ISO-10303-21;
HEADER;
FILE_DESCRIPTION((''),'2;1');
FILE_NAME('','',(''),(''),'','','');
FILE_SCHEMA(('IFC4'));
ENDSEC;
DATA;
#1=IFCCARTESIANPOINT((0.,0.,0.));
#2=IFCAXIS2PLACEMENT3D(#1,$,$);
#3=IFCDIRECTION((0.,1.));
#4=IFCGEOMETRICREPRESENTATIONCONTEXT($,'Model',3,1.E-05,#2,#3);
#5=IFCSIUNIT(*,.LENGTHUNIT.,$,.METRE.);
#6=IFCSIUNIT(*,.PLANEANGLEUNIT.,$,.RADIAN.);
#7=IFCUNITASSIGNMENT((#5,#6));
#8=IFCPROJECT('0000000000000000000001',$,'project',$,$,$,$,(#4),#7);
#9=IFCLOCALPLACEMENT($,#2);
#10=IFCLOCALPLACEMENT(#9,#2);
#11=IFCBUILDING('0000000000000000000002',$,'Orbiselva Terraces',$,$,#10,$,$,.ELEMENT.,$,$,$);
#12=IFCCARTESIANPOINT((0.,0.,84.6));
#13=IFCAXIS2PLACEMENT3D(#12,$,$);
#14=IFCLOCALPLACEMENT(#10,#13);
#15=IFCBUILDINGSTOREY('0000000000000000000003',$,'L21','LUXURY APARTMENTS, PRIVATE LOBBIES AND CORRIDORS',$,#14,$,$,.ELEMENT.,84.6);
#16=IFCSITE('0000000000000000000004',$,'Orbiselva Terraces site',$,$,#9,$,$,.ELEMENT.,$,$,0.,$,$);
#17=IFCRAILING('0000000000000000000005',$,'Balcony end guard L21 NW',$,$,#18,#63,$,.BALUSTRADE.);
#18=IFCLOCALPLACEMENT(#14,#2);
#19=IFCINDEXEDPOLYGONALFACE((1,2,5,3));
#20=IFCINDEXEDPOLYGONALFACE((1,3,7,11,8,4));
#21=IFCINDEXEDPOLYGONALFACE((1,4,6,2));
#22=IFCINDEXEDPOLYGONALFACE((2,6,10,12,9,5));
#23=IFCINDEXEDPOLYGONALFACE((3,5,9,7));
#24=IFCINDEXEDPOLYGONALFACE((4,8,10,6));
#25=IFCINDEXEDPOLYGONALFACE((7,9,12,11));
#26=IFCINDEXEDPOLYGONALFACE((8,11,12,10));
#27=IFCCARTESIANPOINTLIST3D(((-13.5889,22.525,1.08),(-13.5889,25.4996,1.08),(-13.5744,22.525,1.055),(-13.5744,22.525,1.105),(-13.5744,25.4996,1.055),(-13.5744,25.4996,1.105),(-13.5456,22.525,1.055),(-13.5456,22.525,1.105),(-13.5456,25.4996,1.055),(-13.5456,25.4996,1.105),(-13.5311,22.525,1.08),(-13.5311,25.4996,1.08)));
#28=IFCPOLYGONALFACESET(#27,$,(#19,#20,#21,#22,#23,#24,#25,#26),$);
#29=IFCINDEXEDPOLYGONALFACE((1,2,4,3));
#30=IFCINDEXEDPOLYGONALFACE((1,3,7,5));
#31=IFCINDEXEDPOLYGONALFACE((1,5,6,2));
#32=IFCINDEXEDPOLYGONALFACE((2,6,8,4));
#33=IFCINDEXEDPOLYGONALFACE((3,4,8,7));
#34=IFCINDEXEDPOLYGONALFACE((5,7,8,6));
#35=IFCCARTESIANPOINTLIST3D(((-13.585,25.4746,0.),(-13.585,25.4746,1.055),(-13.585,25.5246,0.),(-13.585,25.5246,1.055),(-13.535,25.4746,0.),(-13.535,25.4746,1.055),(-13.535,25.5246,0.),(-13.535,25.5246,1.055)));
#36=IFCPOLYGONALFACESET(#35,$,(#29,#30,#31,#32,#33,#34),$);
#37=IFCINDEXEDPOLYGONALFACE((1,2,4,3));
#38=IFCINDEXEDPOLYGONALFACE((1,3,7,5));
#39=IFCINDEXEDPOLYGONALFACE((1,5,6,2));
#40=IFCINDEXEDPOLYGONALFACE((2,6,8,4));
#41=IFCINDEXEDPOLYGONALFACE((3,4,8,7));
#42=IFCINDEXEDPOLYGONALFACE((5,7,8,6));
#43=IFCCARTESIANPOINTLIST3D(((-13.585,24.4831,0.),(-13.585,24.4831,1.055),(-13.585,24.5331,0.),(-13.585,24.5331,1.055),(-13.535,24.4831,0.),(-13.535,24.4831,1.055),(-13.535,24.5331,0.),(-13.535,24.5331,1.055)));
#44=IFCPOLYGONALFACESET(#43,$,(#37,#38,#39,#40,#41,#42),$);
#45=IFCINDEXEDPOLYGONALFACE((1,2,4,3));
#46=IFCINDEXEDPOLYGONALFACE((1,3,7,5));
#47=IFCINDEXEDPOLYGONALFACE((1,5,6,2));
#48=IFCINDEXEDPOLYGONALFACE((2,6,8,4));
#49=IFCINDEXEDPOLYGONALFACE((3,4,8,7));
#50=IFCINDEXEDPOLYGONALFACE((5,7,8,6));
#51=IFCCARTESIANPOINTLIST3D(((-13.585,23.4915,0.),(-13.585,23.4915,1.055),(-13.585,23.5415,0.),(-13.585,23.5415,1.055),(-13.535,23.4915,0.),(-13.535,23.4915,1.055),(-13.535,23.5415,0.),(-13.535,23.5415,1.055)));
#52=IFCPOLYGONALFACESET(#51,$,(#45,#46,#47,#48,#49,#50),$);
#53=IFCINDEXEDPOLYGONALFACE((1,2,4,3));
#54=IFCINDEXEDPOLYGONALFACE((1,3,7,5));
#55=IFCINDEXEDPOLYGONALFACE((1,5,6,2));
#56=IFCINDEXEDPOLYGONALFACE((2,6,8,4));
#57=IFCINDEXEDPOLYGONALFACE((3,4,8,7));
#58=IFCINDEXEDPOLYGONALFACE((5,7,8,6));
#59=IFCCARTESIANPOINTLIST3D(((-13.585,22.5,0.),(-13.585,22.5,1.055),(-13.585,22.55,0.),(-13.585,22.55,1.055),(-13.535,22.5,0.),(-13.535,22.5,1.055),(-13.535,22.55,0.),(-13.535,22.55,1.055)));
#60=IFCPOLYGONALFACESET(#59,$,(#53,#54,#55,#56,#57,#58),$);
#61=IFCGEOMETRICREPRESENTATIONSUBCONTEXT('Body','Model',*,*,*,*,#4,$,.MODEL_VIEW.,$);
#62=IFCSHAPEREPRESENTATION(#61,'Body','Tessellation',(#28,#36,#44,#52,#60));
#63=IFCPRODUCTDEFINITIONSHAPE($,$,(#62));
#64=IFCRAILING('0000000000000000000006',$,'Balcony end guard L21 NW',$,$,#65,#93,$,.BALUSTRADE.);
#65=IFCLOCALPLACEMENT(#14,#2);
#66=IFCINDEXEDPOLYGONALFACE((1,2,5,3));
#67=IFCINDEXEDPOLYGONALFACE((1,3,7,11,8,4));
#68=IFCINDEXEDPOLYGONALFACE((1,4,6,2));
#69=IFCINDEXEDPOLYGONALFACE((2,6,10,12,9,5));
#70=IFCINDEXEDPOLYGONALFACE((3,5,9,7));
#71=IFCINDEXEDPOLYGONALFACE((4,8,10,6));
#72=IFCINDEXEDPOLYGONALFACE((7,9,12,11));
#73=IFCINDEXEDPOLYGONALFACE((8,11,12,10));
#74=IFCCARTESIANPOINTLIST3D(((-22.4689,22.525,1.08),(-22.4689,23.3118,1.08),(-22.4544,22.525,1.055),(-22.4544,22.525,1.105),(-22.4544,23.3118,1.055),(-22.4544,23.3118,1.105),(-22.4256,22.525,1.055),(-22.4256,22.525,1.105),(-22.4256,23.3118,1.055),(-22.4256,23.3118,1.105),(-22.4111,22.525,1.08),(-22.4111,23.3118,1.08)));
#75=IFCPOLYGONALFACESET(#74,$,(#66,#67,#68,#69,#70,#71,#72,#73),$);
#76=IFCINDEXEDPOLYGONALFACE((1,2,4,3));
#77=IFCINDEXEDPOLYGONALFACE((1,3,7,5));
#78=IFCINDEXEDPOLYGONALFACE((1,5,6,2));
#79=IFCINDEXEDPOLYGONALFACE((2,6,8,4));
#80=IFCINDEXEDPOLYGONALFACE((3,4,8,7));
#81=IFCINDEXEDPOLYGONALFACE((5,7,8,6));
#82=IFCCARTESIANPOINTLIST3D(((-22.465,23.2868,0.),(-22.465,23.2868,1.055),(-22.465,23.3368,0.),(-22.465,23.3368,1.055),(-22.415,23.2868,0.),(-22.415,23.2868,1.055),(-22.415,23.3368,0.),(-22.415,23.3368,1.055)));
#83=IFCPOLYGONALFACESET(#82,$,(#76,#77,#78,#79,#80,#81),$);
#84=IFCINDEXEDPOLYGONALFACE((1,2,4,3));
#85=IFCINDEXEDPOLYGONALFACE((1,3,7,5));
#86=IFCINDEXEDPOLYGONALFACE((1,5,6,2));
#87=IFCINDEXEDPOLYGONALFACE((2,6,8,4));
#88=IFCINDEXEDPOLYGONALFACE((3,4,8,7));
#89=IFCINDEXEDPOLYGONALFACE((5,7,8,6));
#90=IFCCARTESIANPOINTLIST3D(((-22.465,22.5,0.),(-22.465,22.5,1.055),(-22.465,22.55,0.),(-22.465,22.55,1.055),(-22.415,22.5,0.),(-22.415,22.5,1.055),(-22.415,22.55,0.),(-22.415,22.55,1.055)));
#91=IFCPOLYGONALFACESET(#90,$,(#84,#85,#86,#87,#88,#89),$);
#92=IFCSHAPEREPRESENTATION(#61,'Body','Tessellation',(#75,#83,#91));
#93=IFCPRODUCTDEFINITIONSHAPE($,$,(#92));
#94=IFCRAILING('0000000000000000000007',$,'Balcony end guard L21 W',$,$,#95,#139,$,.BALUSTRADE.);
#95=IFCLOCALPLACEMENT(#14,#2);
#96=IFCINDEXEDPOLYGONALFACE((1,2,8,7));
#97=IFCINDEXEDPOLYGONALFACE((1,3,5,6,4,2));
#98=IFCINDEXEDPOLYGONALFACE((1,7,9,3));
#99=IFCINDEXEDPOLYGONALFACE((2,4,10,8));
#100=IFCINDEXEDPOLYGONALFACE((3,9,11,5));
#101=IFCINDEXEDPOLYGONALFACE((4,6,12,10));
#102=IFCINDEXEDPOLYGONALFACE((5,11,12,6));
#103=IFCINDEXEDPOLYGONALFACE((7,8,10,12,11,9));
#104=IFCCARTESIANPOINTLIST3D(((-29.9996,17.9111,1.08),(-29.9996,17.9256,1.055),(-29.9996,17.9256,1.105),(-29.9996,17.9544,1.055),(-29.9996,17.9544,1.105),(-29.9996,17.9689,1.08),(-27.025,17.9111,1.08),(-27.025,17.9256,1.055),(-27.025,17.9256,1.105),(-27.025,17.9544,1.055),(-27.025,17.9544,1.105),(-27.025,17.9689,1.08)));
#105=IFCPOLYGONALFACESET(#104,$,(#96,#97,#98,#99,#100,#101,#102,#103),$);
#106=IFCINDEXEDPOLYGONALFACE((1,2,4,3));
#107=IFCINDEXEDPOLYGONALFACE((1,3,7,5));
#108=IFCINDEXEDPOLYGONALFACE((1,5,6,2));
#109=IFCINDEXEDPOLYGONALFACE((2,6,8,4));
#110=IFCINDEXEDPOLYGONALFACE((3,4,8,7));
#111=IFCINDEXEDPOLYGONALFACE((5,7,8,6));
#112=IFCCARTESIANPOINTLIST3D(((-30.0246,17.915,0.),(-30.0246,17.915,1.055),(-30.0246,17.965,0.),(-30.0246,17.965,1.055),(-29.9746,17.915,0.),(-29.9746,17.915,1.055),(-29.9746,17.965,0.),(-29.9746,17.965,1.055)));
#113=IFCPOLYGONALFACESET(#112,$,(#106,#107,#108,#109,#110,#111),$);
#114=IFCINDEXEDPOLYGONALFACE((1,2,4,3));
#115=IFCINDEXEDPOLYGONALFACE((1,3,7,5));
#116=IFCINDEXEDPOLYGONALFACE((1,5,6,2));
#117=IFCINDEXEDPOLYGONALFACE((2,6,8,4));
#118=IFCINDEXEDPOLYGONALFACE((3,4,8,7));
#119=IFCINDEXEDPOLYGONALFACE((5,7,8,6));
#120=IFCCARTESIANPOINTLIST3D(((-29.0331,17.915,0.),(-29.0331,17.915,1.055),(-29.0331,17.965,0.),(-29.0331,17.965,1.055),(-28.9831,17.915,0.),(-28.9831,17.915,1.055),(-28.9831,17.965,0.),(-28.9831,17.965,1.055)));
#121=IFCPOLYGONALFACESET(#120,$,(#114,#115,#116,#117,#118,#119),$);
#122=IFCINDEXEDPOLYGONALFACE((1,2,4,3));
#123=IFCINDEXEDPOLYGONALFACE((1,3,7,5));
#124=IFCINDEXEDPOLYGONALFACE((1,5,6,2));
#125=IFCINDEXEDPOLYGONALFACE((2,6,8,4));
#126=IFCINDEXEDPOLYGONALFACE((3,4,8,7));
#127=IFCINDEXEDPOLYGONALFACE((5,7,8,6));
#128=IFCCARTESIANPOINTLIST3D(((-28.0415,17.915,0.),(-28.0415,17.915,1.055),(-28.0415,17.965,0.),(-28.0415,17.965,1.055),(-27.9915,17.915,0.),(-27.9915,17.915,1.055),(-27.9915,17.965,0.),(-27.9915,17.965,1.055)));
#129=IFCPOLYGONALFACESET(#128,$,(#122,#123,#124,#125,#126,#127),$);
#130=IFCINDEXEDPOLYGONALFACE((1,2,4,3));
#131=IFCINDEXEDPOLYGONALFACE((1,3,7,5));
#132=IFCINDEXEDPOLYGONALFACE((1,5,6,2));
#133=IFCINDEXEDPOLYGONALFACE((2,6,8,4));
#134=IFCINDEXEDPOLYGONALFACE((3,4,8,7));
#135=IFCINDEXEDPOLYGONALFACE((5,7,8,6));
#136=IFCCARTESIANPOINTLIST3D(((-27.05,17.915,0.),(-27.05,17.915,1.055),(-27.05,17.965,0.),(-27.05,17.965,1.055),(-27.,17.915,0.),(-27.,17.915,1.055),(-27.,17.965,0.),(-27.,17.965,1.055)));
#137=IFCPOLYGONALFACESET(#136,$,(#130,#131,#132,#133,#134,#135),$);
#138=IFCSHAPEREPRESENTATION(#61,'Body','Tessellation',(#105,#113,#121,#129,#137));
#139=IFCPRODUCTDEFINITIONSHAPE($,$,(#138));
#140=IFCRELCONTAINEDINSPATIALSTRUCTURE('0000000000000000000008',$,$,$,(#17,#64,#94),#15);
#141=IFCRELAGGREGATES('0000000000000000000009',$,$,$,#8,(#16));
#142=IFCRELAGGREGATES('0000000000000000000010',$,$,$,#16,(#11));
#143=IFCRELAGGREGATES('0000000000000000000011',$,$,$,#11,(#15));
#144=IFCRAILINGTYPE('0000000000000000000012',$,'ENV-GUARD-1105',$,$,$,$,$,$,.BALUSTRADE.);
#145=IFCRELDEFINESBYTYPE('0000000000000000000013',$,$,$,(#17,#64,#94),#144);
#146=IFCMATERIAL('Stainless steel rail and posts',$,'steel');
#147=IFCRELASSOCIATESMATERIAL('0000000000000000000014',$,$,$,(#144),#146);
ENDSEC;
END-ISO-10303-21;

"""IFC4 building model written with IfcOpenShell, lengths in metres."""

from ifc_helpers import new_model, si_unit, direction, frame, origin, origin_2d, place, context, subcontext, project, spatial, polyline, rectangle, outline, extrude, material, type_object, element, save


model = new_model("IFC4")

# Units and contexts
model_context = context("Model", 3, precision=1e-05, world=origin(), true_north=direction((0.0, 1.0)))
body_context = subcontext(model_context, "Body", "Model", "MODEL_VIEW")
ifc_project = project(units=[si_unit("LENGTHUNIT", "METRE"), si_unit("PLANEANGLEUNIT", "RADIAN")], contexts=[model_context])

# Site, building, storey
site_placement = place(None, origin())
site = spatial("IfcSite", under=ifc_project, at=site_placement, Name="Orbiselva Terraces site", CompositionType="ELEMENT", RefElevation=0.0)
building_placement = place(site_placement, origin())
building = spatial("IfcBuilding", under=site, at=building_placement, Name="Orbiselva Terraces", CompositionType="ELEMENT")
storey_placement = place(building_placement, frame((0.0, 0.0, 84.6)))
storey = spatial("IfcBuildingStorey", under=building, at=storey_placement, Name="L21", Description="LUXURY APARTMENTS, PRIVATE LOBBIES AND CORRIDORS", CompositionType="ELEMENT", Elevation=84.6)

# Railings
ifc_material_1 = material(Name="Stainless steel rail and posts", Category="steel")
railing_type_1 = type_object("IfcRailingType", Name="ENV-GUARD-1105", PredefinedType="BALUSTRADE", material=ifc_material_1)
railing_1_placement = place(storey_placement, frame((-13.56, 25.4996, 0.0)))
element("IfcRailing", 1, at=railing_1_placement, inside=storey, type_object=railing_type_1, Name="Balcony end guard L21 NW", PredefinedType="BALUSTRADE", context=body_context, shape_type="SweptSolid", body=[
    extrude(outline(polyline([(0.0289, 0.0), (0.0144, 0.025), (-0.0144, 0.025), (-0.0289, 0.0), (-0.0144, -0.025), (0.0144, -0.025), (0.0289, 0.0)])), frame((0.0, 0.0, 1.08), z_axis=(0.0, -1.0, 0.0), x_axis=(1.0, 0.0, 0.0)), (0.0, 0.0, 1.0), 2.9746),
    extrude(rectangle(XDim=0.05, YDim=0.05, at=origin_2d()), origin(), (0.0, 0.0, 1.0), 1.055),
    extrude(rectangle(XDim=0.05, YDim=0.05, at=origin_2d()), frame((0.0, -0.9915, 0.0)), (0.0, 0.0, 1.0), 1.055),
    extrude(rectangle(XDim=0.05, YDim=0.05, at=origin_2d()), frame((0.0, -1.9831, 0.0)), (0.0, 0.0, 1.0), 1.055),
    extrude(rectangle(XDim=0.05, YDim=0.05, at=origin_2d()), frame((0.0, -2.9746, 0.0)), (0.0, 0.0, 1.0), 1.055),
])
railing_2_placement = place(storey_placement, frame((-22.44, 23.3118, 0.0)))
element("IfcRailing", 2, at=railing_2_placement, inside=storey, type_object=railing_type_1, Name="Balcony end guard L21 NW", PredefinedType="BALUSTRADE", context=body_context, shape_type="SweptSolid", body=[
    extrude(outline(polyline([(0.0289, 0.0), (0.0144, 0.025), (-0.0144, 0.025), (-0.0289, 0.0), (-0.0144, -0.025), (0.0144, -0.025), (0.0289, 0.0)])), frame((0.0, 0.0, 1.08), z_axis=(0.0, -1.0, 0.0), x_axis=(1.0, 0.0, 0.0)), (0.0, 0.0, 1.0), 0.7868),
    extrude(rectangle(XDim=0.05, YDim=0.05, at=origin_2d()), origin(), (0.0, 0.0, 1.0), 1.055),
    extrude(rectangle(XDim=0.05, YDim=0.05, at=origin_2d()), frame((0.0, -0.7868, 0.0)), (0.0, 0.0, 1.0), 1.055),
])
railing_3_placement = place(storey_placement, frame((-29.9996, 17.94, 0.0)))
element("IfcRailing", 3, at=railing_3_placement, inside=storey, type_object=railing_type_1, Name="Balcony end guard L21 W", PredefinedType="BALUSTRADE", context=body_context, shape_type="SweptSolid", body=[
    extrude(outline(polyline([(0.0289, 0.0), (0.0144, 0.025), (-0.0144, 0.025), (-0.0289, 0.0), (-0.0144, -0.025), (0.0144, -0.025), (0.0289, 0.0)])), frame((0.0, 0.0, 1.08), z_axis=(1.0, 0.0, 0.0), x_axis=(0.0, 1.0, 0.0)), (0.0, 0.0, 1.0), 2.9746),
    extrude(rectangle(XDim=0.05, YDim=0.05, at=origin_2d()), origin(), (0.0, 0.0, 1.0), 1.055),
    extrude(rectangle(XDim=0.05, YDim=0.05, at=origin_2d()), frame((0.9915, 0.0, 0.0)), (0.0, 0.0, 1.0), 1.055),
    extrude(rectangle(XDim=0.05, YDim=0.05, at=origin_2d()), frame((1.9831, 0.0, 0.0)), (0.0, 0.0, 1.0), 1.055),
    extrude(rectangle(XDim=0.05, YDim=0.05, at=origin_2d()), frame((2.9746, 0.0, 0.0)), (0.0, 0.0, 1.0), 1.055),
])

save(model, "model.ifc")
